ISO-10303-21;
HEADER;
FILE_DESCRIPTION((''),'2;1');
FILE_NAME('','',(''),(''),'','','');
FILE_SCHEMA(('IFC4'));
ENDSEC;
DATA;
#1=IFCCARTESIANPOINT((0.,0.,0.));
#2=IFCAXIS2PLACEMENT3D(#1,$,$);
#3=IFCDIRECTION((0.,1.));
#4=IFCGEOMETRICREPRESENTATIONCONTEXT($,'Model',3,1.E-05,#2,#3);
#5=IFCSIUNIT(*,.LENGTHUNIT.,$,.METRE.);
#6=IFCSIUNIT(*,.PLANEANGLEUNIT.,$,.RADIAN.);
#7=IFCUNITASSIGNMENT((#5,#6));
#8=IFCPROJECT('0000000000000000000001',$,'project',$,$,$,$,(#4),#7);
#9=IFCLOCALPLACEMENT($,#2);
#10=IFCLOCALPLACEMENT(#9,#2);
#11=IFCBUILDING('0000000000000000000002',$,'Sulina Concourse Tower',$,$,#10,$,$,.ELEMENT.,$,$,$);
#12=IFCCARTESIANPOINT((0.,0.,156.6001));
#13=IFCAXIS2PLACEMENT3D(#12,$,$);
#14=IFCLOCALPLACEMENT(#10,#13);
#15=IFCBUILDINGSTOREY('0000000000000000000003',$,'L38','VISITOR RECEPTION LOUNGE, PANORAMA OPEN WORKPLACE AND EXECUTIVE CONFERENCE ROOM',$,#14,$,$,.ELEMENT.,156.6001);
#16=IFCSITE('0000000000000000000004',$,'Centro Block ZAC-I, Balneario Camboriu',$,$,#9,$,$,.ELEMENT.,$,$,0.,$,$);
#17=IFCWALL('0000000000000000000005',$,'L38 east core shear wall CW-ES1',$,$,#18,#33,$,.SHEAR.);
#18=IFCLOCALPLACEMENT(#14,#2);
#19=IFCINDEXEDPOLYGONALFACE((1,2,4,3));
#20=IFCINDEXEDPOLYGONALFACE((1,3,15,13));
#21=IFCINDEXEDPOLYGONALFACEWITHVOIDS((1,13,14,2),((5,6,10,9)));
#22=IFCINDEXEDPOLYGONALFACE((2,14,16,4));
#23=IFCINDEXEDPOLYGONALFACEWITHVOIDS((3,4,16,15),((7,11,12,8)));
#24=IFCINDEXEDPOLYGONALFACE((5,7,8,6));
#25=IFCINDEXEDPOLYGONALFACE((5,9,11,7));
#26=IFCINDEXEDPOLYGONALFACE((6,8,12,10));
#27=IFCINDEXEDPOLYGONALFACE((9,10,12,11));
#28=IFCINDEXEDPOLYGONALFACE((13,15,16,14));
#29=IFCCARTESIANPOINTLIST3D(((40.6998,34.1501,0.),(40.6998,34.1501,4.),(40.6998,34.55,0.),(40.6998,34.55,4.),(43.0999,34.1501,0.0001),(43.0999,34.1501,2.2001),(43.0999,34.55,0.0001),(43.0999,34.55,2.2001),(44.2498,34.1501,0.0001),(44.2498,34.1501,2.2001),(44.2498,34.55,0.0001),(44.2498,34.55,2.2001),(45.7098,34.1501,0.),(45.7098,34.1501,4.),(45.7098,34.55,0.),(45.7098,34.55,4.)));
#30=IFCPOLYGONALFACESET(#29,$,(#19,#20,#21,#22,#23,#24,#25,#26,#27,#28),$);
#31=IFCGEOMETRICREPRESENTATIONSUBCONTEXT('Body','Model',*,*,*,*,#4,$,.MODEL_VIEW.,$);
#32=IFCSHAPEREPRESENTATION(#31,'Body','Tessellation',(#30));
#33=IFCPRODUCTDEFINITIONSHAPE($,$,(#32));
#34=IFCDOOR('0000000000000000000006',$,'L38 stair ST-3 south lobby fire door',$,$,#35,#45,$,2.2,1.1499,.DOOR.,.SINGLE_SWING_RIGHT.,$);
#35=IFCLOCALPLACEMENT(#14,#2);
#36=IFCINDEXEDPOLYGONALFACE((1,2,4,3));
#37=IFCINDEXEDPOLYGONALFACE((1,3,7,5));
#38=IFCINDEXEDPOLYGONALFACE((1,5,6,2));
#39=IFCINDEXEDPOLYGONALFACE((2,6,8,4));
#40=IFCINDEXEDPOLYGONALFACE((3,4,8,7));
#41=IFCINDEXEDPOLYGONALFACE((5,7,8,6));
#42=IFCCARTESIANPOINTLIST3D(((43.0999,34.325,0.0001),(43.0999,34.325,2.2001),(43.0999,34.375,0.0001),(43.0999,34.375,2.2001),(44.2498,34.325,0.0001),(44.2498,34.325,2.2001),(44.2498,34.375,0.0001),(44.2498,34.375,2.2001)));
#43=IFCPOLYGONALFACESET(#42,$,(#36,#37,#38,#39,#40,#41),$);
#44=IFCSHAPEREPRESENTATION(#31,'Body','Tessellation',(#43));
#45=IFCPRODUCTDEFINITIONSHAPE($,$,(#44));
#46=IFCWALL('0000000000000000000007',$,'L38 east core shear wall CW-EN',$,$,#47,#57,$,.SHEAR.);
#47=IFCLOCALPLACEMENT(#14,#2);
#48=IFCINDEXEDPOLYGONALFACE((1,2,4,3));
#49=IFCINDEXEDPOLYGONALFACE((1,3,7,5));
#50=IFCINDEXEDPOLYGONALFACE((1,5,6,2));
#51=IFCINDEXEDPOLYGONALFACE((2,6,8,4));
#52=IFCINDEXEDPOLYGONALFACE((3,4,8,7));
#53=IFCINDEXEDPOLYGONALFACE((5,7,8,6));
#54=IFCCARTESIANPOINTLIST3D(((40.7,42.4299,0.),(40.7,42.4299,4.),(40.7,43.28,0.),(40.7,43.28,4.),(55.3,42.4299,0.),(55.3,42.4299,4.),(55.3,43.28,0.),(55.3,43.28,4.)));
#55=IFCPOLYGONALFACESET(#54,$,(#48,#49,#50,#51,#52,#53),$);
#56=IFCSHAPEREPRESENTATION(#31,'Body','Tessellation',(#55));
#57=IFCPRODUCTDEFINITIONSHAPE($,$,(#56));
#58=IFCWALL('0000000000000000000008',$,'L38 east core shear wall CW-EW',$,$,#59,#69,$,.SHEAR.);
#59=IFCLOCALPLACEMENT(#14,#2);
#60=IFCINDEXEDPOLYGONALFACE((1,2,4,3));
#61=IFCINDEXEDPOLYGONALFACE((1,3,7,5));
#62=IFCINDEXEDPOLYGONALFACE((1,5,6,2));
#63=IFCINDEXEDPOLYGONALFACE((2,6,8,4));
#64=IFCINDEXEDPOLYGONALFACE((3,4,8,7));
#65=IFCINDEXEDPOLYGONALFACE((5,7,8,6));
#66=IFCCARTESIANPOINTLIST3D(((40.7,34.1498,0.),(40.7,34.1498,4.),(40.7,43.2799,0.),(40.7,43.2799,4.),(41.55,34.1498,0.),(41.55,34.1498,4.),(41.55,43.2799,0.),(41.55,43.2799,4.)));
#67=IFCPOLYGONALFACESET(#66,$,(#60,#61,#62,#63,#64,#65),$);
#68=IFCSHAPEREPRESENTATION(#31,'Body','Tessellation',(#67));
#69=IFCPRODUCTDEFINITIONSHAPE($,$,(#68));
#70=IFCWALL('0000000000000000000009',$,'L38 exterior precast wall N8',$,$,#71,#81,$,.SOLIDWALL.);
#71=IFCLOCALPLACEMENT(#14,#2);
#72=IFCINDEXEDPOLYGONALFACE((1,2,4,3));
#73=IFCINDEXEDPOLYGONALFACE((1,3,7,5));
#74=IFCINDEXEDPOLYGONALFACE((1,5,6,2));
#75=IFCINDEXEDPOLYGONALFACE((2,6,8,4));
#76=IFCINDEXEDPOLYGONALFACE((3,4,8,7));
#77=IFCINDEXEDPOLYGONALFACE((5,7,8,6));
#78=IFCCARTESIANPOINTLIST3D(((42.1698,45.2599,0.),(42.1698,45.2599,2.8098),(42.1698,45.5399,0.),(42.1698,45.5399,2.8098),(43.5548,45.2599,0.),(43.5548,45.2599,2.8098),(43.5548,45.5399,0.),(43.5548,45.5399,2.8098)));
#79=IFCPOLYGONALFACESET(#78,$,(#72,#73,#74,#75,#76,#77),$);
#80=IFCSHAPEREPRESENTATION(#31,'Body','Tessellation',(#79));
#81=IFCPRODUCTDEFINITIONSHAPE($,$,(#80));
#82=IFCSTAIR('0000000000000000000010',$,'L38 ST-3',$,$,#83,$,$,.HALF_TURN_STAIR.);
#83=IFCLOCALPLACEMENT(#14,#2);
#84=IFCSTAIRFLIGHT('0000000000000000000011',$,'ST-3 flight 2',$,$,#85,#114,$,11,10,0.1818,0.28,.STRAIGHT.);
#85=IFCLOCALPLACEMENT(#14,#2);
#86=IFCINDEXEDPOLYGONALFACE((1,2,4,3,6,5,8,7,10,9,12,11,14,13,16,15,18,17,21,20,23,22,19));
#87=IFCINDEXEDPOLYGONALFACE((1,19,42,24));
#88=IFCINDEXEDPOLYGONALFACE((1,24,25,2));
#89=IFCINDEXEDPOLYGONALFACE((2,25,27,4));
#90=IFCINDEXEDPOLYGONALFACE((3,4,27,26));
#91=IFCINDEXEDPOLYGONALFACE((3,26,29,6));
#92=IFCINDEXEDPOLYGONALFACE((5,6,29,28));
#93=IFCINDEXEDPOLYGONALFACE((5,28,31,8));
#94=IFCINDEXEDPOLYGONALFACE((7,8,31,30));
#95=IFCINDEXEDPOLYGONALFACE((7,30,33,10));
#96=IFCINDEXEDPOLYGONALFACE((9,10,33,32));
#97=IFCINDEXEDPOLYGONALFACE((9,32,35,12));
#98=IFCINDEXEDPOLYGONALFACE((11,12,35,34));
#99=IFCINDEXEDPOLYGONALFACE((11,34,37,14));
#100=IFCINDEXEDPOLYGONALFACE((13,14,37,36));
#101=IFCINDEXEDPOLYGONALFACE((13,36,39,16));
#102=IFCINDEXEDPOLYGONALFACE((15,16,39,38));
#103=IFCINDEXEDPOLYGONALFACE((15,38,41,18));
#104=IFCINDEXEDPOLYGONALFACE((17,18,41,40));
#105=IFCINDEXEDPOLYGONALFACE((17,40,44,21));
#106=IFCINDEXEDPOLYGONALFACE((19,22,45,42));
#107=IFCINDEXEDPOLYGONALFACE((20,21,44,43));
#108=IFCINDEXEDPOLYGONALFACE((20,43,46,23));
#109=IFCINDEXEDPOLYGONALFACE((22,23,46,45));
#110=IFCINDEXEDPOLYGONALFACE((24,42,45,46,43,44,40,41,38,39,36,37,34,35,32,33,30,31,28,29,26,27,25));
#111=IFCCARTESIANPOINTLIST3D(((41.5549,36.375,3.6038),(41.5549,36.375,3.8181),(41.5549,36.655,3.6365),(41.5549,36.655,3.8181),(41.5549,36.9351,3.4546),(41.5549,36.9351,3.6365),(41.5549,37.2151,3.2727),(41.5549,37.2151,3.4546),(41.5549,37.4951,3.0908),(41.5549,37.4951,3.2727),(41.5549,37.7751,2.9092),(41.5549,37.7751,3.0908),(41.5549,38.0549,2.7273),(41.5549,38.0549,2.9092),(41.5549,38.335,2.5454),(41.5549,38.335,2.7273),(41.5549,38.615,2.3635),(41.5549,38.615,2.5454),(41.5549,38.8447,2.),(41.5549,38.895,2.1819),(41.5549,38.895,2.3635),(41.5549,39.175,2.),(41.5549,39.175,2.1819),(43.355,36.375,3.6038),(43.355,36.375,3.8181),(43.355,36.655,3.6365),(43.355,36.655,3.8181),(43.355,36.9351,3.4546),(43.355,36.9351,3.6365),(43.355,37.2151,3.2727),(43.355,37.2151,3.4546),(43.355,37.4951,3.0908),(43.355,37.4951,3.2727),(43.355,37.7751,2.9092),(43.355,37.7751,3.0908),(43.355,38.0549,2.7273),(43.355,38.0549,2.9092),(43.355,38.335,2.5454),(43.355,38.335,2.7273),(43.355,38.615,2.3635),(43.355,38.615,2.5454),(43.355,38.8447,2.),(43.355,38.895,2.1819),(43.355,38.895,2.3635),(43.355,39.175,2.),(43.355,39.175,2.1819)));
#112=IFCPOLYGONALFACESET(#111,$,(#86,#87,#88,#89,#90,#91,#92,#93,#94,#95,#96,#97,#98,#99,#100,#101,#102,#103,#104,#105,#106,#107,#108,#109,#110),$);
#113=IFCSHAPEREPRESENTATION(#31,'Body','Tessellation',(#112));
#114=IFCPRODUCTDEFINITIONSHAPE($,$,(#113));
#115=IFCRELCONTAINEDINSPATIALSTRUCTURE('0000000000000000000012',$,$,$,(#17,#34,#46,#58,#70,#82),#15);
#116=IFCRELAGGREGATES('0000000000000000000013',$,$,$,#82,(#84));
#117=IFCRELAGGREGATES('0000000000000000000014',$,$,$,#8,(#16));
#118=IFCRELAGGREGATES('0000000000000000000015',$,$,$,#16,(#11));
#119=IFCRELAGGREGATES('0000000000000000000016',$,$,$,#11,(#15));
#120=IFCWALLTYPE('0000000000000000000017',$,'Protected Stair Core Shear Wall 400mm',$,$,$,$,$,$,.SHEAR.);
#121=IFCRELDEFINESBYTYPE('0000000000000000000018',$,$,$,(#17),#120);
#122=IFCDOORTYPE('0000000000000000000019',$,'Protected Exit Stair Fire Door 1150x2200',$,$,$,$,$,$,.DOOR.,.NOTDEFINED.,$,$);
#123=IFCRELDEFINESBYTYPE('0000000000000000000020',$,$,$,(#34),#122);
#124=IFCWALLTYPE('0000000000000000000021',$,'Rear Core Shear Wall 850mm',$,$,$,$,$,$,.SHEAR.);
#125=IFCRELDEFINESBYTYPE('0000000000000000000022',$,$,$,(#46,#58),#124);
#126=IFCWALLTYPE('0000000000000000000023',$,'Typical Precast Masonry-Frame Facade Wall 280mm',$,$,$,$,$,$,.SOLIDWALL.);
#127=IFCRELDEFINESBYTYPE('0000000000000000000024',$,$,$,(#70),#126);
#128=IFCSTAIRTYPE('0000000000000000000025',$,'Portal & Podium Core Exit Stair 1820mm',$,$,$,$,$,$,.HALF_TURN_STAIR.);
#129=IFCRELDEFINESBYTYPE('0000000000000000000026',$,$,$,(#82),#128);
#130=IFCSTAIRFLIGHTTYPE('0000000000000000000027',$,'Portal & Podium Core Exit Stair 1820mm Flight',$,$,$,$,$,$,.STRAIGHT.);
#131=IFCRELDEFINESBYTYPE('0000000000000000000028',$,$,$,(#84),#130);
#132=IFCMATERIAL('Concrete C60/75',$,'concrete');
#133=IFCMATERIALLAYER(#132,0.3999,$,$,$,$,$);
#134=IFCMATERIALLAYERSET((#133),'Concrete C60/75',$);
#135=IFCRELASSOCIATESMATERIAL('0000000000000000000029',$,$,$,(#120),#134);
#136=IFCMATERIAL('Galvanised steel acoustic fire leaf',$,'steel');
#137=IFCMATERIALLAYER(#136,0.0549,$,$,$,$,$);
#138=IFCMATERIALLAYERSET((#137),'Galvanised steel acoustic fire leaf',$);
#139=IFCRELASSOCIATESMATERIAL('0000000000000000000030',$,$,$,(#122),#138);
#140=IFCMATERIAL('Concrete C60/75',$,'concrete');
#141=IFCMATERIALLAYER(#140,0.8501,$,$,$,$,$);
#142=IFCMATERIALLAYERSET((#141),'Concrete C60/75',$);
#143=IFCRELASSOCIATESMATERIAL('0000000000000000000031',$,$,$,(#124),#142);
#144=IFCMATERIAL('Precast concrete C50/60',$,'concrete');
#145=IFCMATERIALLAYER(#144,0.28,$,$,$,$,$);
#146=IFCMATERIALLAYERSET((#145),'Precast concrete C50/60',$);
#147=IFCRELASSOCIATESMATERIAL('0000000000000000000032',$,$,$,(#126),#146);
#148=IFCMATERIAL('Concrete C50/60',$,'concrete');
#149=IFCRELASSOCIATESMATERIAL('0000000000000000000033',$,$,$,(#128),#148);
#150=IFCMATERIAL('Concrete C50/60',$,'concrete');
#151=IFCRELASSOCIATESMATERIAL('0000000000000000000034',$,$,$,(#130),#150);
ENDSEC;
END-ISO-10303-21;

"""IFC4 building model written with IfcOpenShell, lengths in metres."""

from ifc_helpers import new_model, si_unit, direction, frame, frame_2d, origin, place, context, subcontext, project, spatial, polyline, rectangle, outline, extrude, material, layer, layer_set, type_object, element, fill, aggregate, save


model = new_model("IFC4")

# Units and contexts
model_context = context("Model", 3, precision=1e-05, world=origin(), true_north=direction((0.0, 1.0)))
body_context = subcontext(model_context, "Body", "Model", "MODEL_VIEW")
ifc_project = project(units=[si_unit("LENGTHUNIT", "METRE"), si_unit("PLANEANGLEUNIT", "RADIAN")], contexts=[model_context])

# Site, building, storey
site_placement = place(None, origin())
site = spatial("IfcSite", under=ifc_project, at=site_placement, Name="Centro Block ZAC-I, Balneario Camboriu", CompositionType="ELEMENT", RefElevation=0.0)
building_placement = place(site_placement, origin())
building = spatial("IfcBuilding", under=site, at=building_placement, Name="Sulina Concourse Tower", CompositionType="ELEMENT")
storey_placement = place(building_placement, frame((0.0, 0.0, 156.6001)))
storey = spatial("IfcBuildingStorey", under=building, at=storey_placement, Name="L38", Description="VISITOR RECEPTION LOUNGE, PANORAMA OPEN WORKPLACE AND EXECUTIVE CONFERENCE ROOM", CompositionType="ELEMENT", Elevation=156.6001)

# Wall, opening, door
ifc_material_1 = material(Name="Concrete C60/75", Category="concrete")
ifc_layer_1 = layer(ifc_material_1, 0.3999)
ifc_layer_set_1 = layer_set([ifc_layer_1], Name="Concrete C60/75")
wall_type_1 = type_object("IfcWallType", Name="Protected Stair Core Shear Wall 400mm", PredefinedType="SHEAR", material=ifc_layer_set_1)
wall_1_placement = place(storey_placement, frame((40.7, 34.3501, 0.0), z_axis=(0.0, 0.0, 1.0), x_axis=(1.0, 0.0, 0.0)))
wall_1 = element("IfcWall", 1, at=wall_1_placement, inside=storey, type_object=wall_type_1, Name="L38 east core shear wall CW-ES1", PredefinedType="SHEAR", context=body_context, shape_type="SweptSolid", body=[
    extrude(rectangle(XDim=5.01, YDim=0.3999, at=frame_2d((2.5049, 0.0))), origin(), (0.0, 0.0, 1.0), 4.0),
])
opening_placement = place(wall_1_placement, frame((2.3999, 0.0, 0.0)))
opening = element("IfcOpeningElement", 2, at=opening_placement, cuts=wall_1, PredefinedType="OPENING", context=body_context, shape_type="SweptSolid", body=[
    extrude(rectangle(XDim=1.1499, YDim=2.2, at=frame_2d((0.575, 1.1001))), frame((0.0, 0.21, 0.0), z_axis=(0.0, -1.0, 0.0), x_axis=(1.0, 0.0, 0.0)), (0.0, 0.0, 1.0), 0.4199),
])
ifc_material_2 = material(Name="Galvanised steel acoustic fire leaf", Category="steel")
ifc_layer_2 = layer(ifc_material_2, 0.0549)
ifc_layer_set_2 = layer_set([ifc_layer_2], Name="Galvanised steel acoustic fire leaf")
door_type = type_object("IfcDoorType", Name="Protected Exit Stair Fire Door 1150x2200", OperationType="NOTDEFINED", PredefinedType="DOOR", material=ifc_layer_set_2)
door_placement = place(opening_placement, origin())
door = element("IfcDoor", 3, at=door_placement, inside=storey, type_object=door_type, Name="L38 stair ST-3 south lobby fire door", OperationType="SINGLE_SWING_RIGHT", OverallHeight=2.2, OverallWidth=1.1499, PredefinedType="DOOR", context=body_context, shape_type="SweptSolid", body=[
    extrude(rectangle(XDim=1.1499, YDim=2.2, at=frame_2d((0.575, 1.1001))), frame((0.0, 0.0249, 0.0), z_axis=(0.0, -1.0, 0.0), x_axis=(1.0, 0.0, 0.0)), (0.0, 0.0, 1.0), 0.05),
])
fill(opening, door)

# Walls
ifc_material_3 = material(Name="Concrete C60/75", Category="concrete")
ifc_layer_3 = layer(ifc_material_3, 0.8501)
ifc_layer_set_3 = layer_set([ifc_layer_3], Name="Concrete C60/75")
wall_type_2 = type_object("IfcWallType", Name="Rear Core Shear Wall 850mm", PredefinedType="SHEAR", material=ifc_layer_set_3)
wall_2_placement = place(storey_placement, frame((40.7, 42.855, 0.0), z_axis=(0.0, 0.0, 1.0), x_axis=(1.0, 0.0, 0.0)))
element("IfcWall", 4, at=wall_2_placement, inside=storey, type_object=wall_type_2, Name="L38 east core shear wall CW-EN", PredefinedType="SHEAR", context=body_context, shape_type="SweptSolid", body=[
    extrude(rectangle(XDim=14.6001, YDim=0.8501, at=frame_2d((7.3, 0.0))), origin(), (0.0, 0.0, 1.0), 4.0),
])
wall_3_placement = place(storey_placement, frame((41.125, 34.1499, 0.0), z_axis=(0.0, 0.0, 1.0), x_axis=(0.0, 1.0, 0.0)))
element("IfcWall", 5, at=wall_3_placement, inside=storey, type_object=wall_type_2, Name="L38 east core shear wall CW-EW", PredefinedType="SHEAR", context=body_context, shape_type="SweptSolid", body=[
    extrude(rectangle(XDim=9.1301, YDim=0.8501, at=frame_2d((4.5649, 0.0))), origin(), (0.0, 0.0, 1.0), 4.0),
])
ifc_material_4 = material(Name="Precast concrete C50/60", Category="concrete")
ifc_layer_4 = layer(ifc_material_4, 0.28)
ifc_layer_set_4 = layer_set([ifc_layer_4], Name="Precast concrete C50/60")
wall_type_3 = type_object("IfcWallType", Name="Typical Precast Masonry-Frame Facade Wall 280mm", PredefinedType="SOLIDWALL", material=ifc_layer_set_4)
wall_4_placement = place(storey_placement, frame((42.1699, 45.3999, 0.0), z_axis=(0.0, 0.0, 1.0), x_axis=(1.0, 0.0, 0.0)))
element("IfcWall", 6, at=wall_4_placement, inside=storey, type_object=wall_type_3, Name="L38 exterior precast wall N8", PredefinedType="SOLIDWALL", context=body_context, shape_type="SweptSolid", body=[
    extrude(rectangle(XDim=1.385, YDim=0.28, at=frame_2d((0.6924, 0.0))), origin(), (0.0, 0.0, 1.0), 2.8098),
])

# Stair, stair flight
ifc_material_5 = material(Name="Concrete C50/60", Category="concrete")
stair_type = type_object("IfcStairType", Name="Portal & Podium Core Exit Stair 1820mm", PredefinedType="HALF_TURN_STAIR", material=ifc_material_5)
stair_placement = place(storey_placement, origin())
stair = element("IfcStair", 7, at=stair_placement, inside=storey, type_object=stair_type, Name="L38 ST-3", PredefinedType="HALF_TURN_STAIR")
ifc_material_6 = material(Name="Concrete C50/60", Category="concrete")
stair_flight_type = type_object("IfcStairFlightType", Name="Portal & Podium Core Exit Stair 1820mm Flight", PredefinedType="STRAIGHT", material=ifc_material_6)
stair_flight_placement = place(storey_placement, frame((42.4551, 39.175, 2.0), z_axis=(0.0, 0.0, 1.0), x_axis=(0.0, -1.0, 0.0)))
stair_flight = element("IfcStairFlight", 8, at=stair_flight_placement, type_object=stair_flight_type, Name="ST-3 flight 2", NumberOfRisers=11, NumberOfTreads=10, PredefinedType="STRAIGHT", RiserHeight=0.1818, TreadLength=0.28, context=body_context, shape_type="SweptSolid", body=[
    extrude(outline(polyline([(0.0, 0.0), (0.0, 0.1819), (0.28, 0.1819), (0.28, 0.3635), (0.5601, 0.3635), (0.5601, 0.5454), (0.8401, 0.5454), (0.8401, 0.7273), (1.1201, 0.7273), (1.1201, 0.9092), (1.3999, 0.9092), (1.3999, 1.0908), (1.6799, 1.0908), (1.6799, 1.2727), (1.96, 1.2727), (1.96, 1.4546), (2.24, 1.4546), (2.24, 1.6365), (2.52, 1.6365), (2.52, 1.8181), (2.8, 1.8181), (2.8, 2.0), (2.8, 1.6038), (0.3303, 0.0), (0.0, 0.0)])), frame((0.0, 0.8999, 0.0), z_axis=(0.0, -1.0, 0.0), x_axis=(1.0, 0.0, 0.0)), (0.0, 0.0, 1.0), 1.8),
])
aggregate(stair, [stair_flight])

save(model, "model.ifc")
